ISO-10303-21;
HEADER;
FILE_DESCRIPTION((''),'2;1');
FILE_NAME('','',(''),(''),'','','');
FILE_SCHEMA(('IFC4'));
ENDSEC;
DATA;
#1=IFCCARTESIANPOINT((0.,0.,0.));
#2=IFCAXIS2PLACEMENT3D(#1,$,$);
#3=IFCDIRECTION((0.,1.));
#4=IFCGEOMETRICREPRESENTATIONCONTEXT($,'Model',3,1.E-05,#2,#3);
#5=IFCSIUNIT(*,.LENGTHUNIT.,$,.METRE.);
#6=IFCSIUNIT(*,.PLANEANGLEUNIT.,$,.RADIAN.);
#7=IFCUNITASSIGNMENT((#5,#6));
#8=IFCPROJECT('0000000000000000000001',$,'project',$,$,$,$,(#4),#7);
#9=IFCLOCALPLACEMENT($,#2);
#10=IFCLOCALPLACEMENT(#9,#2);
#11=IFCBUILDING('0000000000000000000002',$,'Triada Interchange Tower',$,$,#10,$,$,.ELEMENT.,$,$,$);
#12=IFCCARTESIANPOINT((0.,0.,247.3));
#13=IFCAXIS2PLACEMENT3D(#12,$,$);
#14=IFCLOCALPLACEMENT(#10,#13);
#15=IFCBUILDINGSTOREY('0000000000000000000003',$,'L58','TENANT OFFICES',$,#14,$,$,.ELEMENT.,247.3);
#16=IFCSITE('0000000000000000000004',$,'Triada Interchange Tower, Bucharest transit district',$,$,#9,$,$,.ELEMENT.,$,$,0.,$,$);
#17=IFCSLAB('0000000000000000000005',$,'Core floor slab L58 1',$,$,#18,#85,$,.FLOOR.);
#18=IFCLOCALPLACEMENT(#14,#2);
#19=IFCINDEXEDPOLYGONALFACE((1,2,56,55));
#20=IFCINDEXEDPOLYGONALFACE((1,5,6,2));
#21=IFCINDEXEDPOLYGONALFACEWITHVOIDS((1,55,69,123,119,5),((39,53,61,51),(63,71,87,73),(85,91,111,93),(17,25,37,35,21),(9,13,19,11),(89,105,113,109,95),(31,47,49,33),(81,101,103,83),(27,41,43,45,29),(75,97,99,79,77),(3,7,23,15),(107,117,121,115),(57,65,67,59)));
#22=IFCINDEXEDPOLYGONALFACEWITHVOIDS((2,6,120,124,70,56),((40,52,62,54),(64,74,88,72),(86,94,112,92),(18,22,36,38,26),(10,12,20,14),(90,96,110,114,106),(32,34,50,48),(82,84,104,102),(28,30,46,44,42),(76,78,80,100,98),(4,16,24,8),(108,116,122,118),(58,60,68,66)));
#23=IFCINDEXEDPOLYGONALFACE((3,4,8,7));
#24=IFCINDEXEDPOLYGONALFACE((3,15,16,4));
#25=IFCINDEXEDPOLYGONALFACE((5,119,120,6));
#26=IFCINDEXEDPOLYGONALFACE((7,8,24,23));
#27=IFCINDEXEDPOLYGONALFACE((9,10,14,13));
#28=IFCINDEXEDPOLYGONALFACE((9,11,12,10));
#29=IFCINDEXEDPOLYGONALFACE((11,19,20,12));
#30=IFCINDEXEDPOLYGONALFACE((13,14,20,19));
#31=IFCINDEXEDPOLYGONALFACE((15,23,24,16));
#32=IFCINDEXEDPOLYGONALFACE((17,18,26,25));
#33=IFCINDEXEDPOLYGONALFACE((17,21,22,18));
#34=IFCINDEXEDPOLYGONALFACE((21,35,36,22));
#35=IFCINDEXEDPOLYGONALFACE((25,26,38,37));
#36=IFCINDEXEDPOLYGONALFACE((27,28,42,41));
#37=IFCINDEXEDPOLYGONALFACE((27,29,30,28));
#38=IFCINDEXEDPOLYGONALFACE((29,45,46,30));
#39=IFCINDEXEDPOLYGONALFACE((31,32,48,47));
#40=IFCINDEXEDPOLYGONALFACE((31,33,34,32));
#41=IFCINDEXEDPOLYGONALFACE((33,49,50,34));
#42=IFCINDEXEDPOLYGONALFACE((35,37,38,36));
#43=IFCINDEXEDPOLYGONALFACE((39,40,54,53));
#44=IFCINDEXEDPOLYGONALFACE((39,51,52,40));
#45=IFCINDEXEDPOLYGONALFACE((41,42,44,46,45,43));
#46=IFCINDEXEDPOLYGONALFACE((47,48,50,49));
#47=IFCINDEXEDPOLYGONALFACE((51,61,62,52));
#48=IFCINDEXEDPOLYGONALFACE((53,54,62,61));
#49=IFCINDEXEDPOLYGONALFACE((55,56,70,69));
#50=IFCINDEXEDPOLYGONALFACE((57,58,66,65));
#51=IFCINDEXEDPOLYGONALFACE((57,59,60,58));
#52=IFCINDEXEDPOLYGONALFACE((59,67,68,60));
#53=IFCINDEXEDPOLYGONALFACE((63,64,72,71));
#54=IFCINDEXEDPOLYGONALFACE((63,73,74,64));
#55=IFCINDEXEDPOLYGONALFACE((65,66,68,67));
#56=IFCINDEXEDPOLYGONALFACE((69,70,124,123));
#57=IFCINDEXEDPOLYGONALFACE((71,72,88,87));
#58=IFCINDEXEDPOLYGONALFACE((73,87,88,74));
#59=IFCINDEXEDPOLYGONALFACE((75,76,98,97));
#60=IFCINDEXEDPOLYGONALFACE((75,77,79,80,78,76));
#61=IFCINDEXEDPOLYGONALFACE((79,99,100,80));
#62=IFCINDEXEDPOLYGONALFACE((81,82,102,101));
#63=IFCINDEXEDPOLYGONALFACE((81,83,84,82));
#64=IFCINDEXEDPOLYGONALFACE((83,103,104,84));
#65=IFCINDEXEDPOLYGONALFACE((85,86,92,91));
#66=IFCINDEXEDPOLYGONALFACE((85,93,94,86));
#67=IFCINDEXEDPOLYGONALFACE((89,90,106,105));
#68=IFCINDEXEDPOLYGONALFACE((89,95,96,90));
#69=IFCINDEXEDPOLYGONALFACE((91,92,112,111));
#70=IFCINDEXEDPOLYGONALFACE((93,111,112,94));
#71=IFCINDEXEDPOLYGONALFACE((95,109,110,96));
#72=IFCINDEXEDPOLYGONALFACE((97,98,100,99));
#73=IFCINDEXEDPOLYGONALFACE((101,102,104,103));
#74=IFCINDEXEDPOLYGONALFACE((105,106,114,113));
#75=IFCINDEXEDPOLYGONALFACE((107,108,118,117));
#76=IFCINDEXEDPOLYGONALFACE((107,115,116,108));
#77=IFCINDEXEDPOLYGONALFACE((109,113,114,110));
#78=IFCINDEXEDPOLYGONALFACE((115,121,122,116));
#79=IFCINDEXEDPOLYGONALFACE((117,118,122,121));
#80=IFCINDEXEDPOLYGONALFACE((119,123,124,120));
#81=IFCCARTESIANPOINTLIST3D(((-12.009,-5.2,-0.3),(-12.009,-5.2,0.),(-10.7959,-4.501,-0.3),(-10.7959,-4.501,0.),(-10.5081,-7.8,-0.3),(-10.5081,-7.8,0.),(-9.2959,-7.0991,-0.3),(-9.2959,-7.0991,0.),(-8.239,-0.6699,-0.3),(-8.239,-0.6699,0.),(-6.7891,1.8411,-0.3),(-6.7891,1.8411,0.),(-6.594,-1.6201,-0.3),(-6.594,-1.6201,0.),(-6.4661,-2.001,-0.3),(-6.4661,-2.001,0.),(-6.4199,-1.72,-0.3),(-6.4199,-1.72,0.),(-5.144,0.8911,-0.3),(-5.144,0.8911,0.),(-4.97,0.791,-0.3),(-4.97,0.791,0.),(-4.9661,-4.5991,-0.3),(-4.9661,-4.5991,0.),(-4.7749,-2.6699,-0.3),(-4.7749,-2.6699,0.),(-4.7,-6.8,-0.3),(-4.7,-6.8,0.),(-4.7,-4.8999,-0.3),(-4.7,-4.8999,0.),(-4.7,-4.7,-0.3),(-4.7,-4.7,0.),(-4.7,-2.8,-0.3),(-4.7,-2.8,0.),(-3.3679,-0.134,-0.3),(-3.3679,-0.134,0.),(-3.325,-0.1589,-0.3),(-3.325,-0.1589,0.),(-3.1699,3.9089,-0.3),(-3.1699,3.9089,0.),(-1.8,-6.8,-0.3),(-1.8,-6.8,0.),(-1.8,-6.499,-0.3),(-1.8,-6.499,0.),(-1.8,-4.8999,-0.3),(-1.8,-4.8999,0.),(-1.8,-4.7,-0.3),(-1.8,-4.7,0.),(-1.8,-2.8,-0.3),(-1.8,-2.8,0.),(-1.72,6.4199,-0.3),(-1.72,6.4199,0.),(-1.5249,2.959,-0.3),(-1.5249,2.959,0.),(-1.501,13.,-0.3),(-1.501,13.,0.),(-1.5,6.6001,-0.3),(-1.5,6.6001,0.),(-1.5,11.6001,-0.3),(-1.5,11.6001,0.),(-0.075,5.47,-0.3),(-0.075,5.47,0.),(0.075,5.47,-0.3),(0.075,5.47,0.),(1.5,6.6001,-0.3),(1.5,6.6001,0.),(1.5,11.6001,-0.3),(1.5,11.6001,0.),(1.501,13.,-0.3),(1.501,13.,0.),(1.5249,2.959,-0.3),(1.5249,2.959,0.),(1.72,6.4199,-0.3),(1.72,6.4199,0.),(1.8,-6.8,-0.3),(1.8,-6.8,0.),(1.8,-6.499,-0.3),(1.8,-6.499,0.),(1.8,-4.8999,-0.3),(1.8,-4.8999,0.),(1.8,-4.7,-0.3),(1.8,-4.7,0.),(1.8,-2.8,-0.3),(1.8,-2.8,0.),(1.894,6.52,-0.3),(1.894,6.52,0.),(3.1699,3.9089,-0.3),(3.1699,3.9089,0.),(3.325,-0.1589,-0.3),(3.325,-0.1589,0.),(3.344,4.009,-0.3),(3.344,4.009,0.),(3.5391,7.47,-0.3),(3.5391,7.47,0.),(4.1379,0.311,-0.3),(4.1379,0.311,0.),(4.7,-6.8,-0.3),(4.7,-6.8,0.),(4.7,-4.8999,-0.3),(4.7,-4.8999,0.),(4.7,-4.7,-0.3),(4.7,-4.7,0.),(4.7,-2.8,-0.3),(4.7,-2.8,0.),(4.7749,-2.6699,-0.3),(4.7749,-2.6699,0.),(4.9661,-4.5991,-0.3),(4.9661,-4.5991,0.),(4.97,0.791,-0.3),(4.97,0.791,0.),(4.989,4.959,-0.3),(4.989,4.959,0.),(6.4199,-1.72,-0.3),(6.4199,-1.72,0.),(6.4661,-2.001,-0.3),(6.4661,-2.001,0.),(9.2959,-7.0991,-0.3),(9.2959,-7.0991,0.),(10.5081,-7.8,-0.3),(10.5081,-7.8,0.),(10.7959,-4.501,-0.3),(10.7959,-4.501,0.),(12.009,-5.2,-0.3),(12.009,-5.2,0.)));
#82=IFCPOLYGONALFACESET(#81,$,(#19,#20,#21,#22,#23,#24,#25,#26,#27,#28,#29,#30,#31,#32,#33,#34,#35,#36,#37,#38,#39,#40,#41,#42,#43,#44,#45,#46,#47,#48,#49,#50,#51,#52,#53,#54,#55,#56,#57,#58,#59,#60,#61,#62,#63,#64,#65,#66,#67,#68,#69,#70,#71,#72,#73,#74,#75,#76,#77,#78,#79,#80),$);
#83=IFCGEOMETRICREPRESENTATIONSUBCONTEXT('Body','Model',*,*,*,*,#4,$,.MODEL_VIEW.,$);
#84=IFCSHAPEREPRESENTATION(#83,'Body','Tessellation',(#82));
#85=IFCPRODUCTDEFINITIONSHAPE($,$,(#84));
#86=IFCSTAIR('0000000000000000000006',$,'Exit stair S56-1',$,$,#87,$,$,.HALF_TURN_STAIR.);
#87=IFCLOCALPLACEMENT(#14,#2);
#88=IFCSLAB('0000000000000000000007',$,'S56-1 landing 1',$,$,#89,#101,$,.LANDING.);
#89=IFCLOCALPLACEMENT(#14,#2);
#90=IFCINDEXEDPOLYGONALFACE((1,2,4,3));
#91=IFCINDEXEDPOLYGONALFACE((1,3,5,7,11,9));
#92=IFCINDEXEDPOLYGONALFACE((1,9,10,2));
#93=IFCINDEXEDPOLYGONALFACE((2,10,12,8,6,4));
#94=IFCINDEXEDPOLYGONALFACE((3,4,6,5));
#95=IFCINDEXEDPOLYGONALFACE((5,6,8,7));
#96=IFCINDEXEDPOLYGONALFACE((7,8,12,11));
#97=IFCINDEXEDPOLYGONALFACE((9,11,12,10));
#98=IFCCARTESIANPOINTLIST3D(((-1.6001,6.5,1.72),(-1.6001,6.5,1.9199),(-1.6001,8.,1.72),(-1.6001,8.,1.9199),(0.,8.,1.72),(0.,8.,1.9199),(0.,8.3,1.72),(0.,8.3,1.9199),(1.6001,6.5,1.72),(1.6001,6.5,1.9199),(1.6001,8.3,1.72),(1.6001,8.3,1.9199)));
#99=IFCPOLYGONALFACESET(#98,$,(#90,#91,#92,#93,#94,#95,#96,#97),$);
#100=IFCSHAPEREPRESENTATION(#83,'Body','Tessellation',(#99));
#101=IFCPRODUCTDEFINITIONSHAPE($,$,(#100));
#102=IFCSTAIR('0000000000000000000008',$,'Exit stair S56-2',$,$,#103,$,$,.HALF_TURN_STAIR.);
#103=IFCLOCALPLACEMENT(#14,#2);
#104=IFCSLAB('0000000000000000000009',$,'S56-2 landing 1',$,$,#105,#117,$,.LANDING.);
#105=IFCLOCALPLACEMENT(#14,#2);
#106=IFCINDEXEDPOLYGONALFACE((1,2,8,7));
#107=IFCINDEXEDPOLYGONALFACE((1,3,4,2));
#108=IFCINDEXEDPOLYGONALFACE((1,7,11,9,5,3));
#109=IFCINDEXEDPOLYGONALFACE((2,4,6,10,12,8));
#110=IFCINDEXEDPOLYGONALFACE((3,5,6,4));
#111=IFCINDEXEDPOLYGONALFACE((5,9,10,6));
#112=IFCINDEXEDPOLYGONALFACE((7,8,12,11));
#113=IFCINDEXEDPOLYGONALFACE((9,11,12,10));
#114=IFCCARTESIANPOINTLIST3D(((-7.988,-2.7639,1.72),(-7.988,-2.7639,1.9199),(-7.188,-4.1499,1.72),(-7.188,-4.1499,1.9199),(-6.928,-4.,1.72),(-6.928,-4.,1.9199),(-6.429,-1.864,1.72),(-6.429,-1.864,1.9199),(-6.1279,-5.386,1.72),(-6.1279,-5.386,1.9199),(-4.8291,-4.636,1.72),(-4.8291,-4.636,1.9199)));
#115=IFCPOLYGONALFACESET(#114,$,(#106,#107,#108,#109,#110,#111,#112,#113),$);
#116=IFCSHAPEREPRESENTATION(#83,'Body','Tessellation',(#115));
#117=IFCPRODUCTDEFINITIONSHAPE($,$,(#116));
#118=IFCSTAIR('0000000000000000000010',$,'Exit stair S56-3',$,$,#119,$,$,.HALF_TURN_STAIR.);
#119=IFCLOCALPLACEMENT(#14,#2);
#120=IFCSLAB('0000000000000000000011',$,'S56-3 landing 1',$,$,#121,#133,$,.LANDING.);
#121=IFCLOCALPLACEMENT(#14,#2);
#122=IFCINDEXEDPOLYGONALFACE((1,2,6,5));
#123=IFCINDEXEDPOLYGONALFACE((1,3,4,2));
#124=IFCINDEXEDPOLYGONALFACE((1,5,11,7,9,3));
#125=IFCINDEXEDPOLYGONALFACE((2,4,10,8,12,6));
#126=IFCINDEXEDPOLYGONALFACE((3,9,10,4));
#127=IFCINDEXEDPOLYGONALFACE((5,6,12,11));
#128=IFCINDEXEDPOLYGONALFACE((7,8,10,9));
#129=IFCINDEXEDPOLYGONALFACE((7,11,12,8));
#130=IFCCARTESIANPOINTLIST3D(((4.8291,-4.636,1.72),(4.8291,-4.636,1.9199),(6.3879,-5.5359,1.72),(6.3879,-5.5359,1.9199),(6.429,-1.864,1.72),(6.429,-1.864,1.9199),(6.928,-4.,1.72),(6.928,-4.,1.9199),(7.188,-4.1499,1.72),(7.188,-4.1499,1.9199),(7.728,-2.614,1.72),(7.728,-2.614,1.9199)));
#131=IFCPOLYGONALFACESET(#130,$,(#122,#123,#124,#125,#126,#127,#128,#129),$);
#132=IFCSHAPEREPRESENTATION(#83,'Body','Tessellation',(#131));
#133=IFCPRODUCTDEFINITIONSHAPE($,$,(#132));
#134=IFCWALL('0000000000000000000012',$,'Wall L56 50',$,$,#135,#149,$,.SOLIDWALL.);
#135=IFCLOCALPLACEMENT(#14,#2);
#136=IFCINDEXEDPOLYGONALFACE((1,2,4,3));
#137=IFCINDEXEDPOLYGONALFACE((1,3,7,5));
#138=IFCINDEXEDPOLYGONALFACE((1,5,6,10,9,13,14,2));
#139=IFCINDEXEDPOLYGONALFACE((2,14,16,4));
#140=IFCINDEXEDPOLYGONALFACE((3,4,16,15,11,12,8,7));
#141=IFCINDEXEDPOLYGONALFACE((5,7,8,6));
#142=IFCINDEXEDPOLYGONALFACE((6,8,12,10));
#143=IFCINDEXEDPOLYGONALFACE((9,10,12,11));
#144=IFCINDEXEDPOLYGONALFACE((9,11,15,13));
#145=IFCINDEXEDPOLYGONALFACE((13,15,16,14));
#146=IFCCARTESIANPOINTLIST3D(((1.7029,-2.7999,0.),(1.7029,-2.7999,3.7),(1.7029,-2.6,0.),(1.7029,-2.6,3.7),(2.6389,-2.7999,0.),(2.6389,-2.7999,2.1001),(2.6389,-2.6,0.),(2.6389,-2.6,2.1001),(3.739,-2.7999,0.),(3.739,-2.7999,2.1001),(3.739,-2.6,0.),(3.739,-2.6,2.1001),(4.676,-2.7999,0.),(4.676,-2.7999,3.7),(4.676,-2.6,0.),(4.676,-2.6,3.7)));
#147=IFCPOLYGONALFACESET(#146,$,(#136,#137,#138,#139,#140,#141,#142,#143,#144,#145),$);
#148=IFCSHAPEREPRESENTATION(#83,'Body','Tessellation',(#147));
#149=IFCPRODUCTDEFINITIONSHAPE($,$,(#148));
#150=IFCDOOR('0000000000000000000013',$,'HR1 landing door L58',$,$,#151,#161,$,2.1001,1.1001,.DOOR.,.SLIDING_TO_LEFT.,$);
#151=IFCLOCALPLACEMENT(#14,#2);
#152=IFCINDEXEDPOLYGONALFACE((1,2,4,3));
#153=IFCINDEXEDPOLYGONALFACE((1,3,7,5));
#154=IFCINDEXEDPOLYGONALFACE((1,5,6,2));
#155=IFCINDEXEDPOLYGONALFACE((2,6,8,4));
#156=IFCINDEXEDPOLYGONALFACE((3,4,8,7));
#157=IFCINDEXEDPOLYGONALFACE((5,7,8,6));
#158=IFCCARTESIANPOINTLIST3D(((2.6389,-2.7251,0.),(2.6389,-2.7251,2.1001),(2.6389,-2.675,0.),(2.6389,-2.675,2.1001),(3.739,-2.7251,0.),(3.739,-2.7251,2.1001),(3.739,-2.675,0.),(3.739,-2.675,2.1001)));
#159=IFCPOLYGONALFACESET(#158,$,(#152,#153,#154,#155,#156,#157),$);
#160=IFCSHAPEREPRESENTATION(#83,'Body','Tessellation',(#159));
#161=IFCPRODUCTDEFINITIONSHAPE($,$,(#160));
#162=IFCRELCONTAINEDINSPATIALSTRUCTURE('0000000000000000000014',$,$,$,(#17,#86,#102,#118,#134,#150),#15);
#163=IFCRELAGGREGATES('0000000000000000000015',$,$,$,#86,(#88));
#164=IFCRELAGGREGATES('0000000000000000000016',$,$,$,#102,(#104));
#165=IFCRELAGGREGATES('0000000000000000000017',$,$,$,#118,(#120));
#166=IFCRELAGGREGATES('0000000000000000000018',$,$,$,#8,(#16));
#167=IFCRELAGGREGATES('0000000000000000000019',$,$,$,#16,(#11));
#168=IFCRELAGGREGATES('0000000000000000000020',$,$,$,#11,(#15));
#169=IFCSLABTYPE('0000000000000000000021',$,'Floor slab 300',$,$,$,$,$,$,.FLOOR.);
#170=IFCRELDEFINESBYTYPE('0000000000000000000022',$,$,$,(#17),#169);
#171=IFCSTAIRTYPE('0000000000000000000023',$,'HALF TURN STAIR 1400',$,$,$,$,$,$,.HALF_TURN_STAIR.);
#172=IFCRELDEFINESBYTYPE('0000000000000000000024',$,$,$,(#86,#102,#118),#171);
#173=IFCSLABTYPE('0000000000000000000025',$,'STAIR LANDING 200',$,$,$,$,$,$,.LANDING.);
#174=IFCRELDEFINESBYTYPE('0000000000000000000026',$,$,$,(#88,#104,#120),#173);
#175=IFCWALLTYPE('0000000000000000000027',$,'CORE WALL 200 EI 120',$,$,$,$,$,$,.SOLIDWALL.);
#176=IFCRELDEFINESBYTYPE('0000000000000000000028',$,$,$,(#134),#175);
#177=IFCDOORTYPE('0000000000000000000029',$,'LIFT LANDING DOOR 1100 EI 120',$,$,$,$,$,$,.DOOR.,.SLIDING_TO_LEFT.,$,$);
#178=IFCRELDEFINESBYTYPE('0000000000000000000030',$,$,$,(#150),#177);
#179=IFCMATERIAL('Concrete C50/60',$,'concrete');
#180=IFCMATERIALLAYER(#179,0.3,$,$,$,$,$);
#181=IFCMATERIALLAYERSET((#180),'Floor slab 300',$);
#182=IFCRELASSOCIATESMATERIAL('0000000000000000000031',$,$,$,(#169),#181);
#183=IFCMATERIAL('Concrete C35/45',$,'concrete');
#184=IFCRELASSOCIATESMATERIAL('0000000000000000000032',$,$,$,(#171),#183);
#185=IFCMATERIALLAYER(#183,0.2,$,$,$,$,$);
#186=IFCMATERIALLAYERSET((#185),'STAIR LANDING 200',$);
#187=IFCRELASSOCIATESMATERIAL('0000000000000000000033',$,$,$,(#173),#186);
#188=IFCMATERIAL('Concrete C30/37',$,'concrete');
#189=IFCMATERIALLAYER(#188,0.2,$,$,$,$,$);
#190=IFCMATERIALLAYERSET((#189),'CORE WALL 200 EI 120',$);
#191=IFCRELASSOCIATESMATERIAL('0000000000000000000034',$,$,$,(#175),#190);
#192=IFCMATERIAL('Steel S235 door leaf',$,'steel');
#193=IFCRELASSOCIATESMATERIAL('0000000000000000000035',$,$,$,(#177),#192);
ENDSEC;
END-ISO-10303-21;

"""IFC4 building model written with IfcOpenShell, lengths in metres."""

from ifc_helpers import new_model, si_unit, direction, frame, frame_2d, origin, place, context, subcontext, project, spatial, polyline, rectangle, outline, extrude, material, layer, layer_set, type_object, element, fill, aggregate, save


model = new_model("IFC4")

# Units and contexts
model_context = context("Model", 3, precision=1e-05, world=origin(), true_north=direction((0.0, 1.0)))
body_context = subcontext(model_context, "Body", "Model", "MODEL_VIEW")
ifc_project = project(units=[si_unit("LENGTHUNIT", "METRE"), si_unit("PLANEANGLEUNIT", "RADIAN")], contexts=[model_context])

# Site, building, storey
site_placement = place(None, origin())
site = spatial("IfcSite", under=ifc_project, at=site_placement, Name="Triada Interchange Tower, Bucharest transit district", CompositionType="ELEMENT", RefElevation=0.0)
building_placement = place(site_placement, origin())
building = spatial("IfcBuilding", under=site, at=building_placement, Name="Triada Interchange Tower", CompositionType="ELEMENT")
storey_placement = place(building_placement, frame((0.0, 0.0, 247.3)))
storey = spatial("IfcBuildingStorey", under=building, at=storey_placement, Name="L58", Description="TENANT OFFICES", CompositionType="ELEMENT", Elevation=247.3)

# Slab
ifc_material_1 = material(Name="Concrete C50/60", Category="concrete")
ifc_layer_1 = layer(ifc_material_1, 0.3)
ifc_layer_set_1 = layer_set([ifc_layer_1], Name="Floor slab 300")
slab_type_1 = type_object("IfcSlabType", Name="Floor slab 300", PredefinedType="FLOOR", material=ifc_layer_set_1)
slab_1_placement = place(storey_placement, frame((0.0, 0.0, -0.3)))
element("IfcSlab", 1, at=slab_1_placement, inside=storey, type_object=slab_type_1, Name="Core floor slab L58 1", PredefinedType="FLOOR", context=body_context, shape_type="SweptSolid", body=[
    extrude(outline(polyline([(12.009, -5.2), (10.5081, -7.8), (-10.5081, -7.8), (-12.009, -5.2), (-1.501, 13.0), (1.501, 13.0), (12.009, -5.2)]), holes=[polyline([(9.2959, -7.0991), (10.7959, -4.501), (6.4661, -2.001), (4.9661, -4.5991), (9.2959, -7.0991)]), polyline([(4.7749, -2.6699), (6.4199, -1.72), (4.97, 0.791), (4.1379, 0.311), (3.325, -0.1589), (4.7749, -2.6699)]), polyline([(1.894, 6.52), (3.344, 4.009), (4.989, 4.959), (3.5391, 7.47), (1.894, 6.52)]), polyline([(1.8, -4.8999), (1.8, -6.499), (1.8, -6.8), (4.7, -6.8), (4.7, -4.8999), (1.8, -4.8999)]), polyline([(4.7, -2.8), (1.8, -2.8), (1.8, -4.7), (4.7, -4.7), (4.7, -2.8)]), polyline([(0.075, 5.47), (1.5249, 2.959), (3.1699, 3.9089), (1.72, 6.4199), (0.075, 5.47)]), polyline([(-1.5, 11.6001), (-1.5, 6.6001), (1.5, 6.6001), (1.5, 11.6001), (-1.5, 11.6001)]), polyline([(-1.5249, 2.959), (-0.075, 5.47), (-1.72, 6.4199), (-3.1699, 3.9089), (-1.5249, 2.959)]), polyline([(-1.8, -2.8), (-4.7, -2.8), (-4.7, -4.7), (-1.8, -4.7), (-1.8, -2.8)]), polyline([(-4.7, -6.8), (-1.8, -6.8), (-1.8, -6.499), (-1.8, -4.8999), (-4.7, -4.8999), (-4.7, -6.8)]), polyline([(-3.3679, -0.134), (-4.97, 0.791), (-6.4199, -1.72), (-4.7749, -2.6699), (-3.325, -0.1589), (-3.3679, -0.134)]), polyline([(-10.7959, -4.501), (-9.2959, -7.0991), (-4.9661, -4.5991), (-6.4661, -2.001), (-10.7959, -4.501)]), polyline([(-6.594, -1.6201), (-5.144, 0.8911), (-6.7891, 1.8411), (-8.239, -0.6699), (-6.594, -1.6201)])]), origin(), (0.0, 0.0, 1.0), 0.3),
])

# Stairs, slabs
ifc_material_2 = material(Name="Concrete C35/45", Category="concrete")
stair_type = type_object("IfcStairType", Name="HALF TURN STAIR 1400", PredefinedType="HALF_TURN_STAIR", material=ifc_material_2)
stair_1_placement = place(storey_placement, origin())
stair_1 = element("IfcStair", 2, at=stair_1_placement, inside=storey, type_object=stair_type, Name="Exit stair S56-1", PredefinedType="HALF_TURN_STAIR")
ifc_layer_2 = layer(ifc_material_2, 0.2)
ifc_layer_set_2 = layer_set([ifc_layer_2], Name="STAIR LANDING 200")
slab_type_2 = type_object("IfcSlabType", Name="STAIR LANDING 200", PredefinedType="LANDING", material=ifc_layer_set_2)
slab_2_placement = place(storey_placement, frame((0.0, 0.0, 1.72)))
slab_2 = element("IfcSlab", 3, at=slab_2_placement, type_object=slab_type_2, Name="S56-1 landing 1", PredefinedType="LANDING", context=body_context, shape_type="SweptSolid", body=[
    extrude(outline(polyline([(1.6001, 6.5), (1.6001, 8.3), (0.0, 8.3), (0.0, 8.0), (-1.6001, 8.0), (-1.6001, 6.5), (1.6001, 6.5)])), origin(), (0.0, 0.0, 1.0), 0.2),
])
aggregate(stair_1, [slab_2])
stair_2_placement = place(storey_placement, origin())
stair_2 = element("IfcStair", 4, at=stair_2_placement, inside=storey, type_object=stair_type, Name="Exit stair S56-2", PredefinedType="HALF_TURN_STAIR")
slab_3_placement = place(storey_placement, frame((0.0, 0.0, 1.72)))
slab_3 = element("IfcSlab", 5, at=slab_3_placement, type_object=slab_type_2, Name="S56-2 landing 1", PredefinedType="LANDING", context=body_context, shape_type="SweptSolid", body=[
    extrude(outline(polyline([(-6.429, -1.864), (-7.988, -2.7639), (-7.188, -4.1499), (-6.928, -4.0), (-6.1279, -5.386), (-4.8291, -4.636), (-6.429, -1.864)])), origin(), (0.0, 0.0, 1.0), 0.2),
])
aggregate(stair_2, [slab_3])
stair_3_placement = place(storey_placement, origin())
stair_3 = element("IfcStair", 6, at=stair_3_placement, inside=storey, type_object=stair_type, Name="Exit stair S56-3", PredefinedType="HALF_TURN_STAIR")
slab_4_placement = place(storey_placement, frame((0.0, 0.0, 1.72)))
slab_4 = element("IfcSlab", 7, at=slab_4_placement, type_object=slab_type_2, Name="S56-3 landing 1", PredefinedType="LANDING", context=body_context, shape_type="SweptSolid", body=[
    extrude(outline(polyline([(4.8291, -4.636), (6.3879, -5.5359), (7.188, -4.1499), (6.928, -4.0), (7.728, -2.614), (6.429, -1.864), (4.8291, -4.636)])), origin(), (0.0, 0.0, 1.0), 0.2),
])
aggregate(stair_3, [slab_4])

# Wall, opening, door
ifc_material_3 = material(Name="Concrete C30/37", Category="concrete")
ifc_layer_3 = layer(ifc_material_3, 0.2)
ifc_layer_set_3 = layer_set([ifc_layer_3], Name="CORE WALL 200 EI 120")
wall_type_1 = type_object("IfcWallType", Name="CORE WALL 200 EI 120", PredefinedType="SOLIDWALL", material=ifc_layer_set_3)
wall_1_placement = place(storey_placement, frame((1.7029, -2.7, 0.0), z_axis=(0.0, 0.0, 1.0), x_axis=(1.0, 0.0, 0.0)))
wall_1 = element("IfcWall", 8, at=wall_1_placement, inside=storey, type_object=wall_type_1, Name="Wall L56 50", PredefinedType="SOLIDWALL", context=body_context, shape_type="SweptSolid", body=[
    extrude(rectangle(XDim=2.9731, YDim=0.2, at=frame_2d((1.4866, 0.0))), origin(), (0.0, 0.0, 1.0), 3.7),
])
opening_1_placement = place(wall_1_placement, frame((0.936, 0.0, 0.0)))
opening_1 = element("IfcOpeningElement", 9, at=opening_1_placement, cuts=wall_1, PredefinedType="OPENING", context=body_context, shape_type="SweptSolid", body=[
    extrude(rectangle(XDim=1.1001, YDim=2.1001, at=frame_2d((0.55, 1.05))), frame((0.0, 0.1099, 0.0), z_axis=(0.0, -1.0, 0.0), x_axis=(1.0, 0.0, 0.0)), (0.0, 0.0, 1.0), 0.22),
])
ifc_material_4 = material(Name="Steel S235 door leaf", Category="steel")
door_type_1 = type_object("IfcDoorType", Name="LIFT LANDING DOOR 1100 EI 120", OperationType="SLIDING_TO_LEFT", PredefinedType="DOOR", material=ifc_material_4)
door_1_placement = place(opening_1_placement, origin())
door_1 = element("IfcDoor", 10, at=door_1_placement, inside=storey, type_object=door_type_1, Name="HR1 landing door L58", OperationType="SLIDING_TO_LEFT", OverallHeight=2.1001, OverallWidth=1.1001, PredefinedType="DOOR", context=body_context, shape_type="SweptSolid", body=[
    extrude(rectangle(XDim=1.1001, YDim=2.1001, at=frame_2d((0.55, 1.05))), frame((0.0, 0.0249, 0.0), z_axis=(0.0, -1.0, 0.0), x_axis=(1.0, 0.0, 0.0)), (0.0, 0.0, 1.0), 0.05),
])
fill(opening_1, door_1)

save(model, "model.ifc")
